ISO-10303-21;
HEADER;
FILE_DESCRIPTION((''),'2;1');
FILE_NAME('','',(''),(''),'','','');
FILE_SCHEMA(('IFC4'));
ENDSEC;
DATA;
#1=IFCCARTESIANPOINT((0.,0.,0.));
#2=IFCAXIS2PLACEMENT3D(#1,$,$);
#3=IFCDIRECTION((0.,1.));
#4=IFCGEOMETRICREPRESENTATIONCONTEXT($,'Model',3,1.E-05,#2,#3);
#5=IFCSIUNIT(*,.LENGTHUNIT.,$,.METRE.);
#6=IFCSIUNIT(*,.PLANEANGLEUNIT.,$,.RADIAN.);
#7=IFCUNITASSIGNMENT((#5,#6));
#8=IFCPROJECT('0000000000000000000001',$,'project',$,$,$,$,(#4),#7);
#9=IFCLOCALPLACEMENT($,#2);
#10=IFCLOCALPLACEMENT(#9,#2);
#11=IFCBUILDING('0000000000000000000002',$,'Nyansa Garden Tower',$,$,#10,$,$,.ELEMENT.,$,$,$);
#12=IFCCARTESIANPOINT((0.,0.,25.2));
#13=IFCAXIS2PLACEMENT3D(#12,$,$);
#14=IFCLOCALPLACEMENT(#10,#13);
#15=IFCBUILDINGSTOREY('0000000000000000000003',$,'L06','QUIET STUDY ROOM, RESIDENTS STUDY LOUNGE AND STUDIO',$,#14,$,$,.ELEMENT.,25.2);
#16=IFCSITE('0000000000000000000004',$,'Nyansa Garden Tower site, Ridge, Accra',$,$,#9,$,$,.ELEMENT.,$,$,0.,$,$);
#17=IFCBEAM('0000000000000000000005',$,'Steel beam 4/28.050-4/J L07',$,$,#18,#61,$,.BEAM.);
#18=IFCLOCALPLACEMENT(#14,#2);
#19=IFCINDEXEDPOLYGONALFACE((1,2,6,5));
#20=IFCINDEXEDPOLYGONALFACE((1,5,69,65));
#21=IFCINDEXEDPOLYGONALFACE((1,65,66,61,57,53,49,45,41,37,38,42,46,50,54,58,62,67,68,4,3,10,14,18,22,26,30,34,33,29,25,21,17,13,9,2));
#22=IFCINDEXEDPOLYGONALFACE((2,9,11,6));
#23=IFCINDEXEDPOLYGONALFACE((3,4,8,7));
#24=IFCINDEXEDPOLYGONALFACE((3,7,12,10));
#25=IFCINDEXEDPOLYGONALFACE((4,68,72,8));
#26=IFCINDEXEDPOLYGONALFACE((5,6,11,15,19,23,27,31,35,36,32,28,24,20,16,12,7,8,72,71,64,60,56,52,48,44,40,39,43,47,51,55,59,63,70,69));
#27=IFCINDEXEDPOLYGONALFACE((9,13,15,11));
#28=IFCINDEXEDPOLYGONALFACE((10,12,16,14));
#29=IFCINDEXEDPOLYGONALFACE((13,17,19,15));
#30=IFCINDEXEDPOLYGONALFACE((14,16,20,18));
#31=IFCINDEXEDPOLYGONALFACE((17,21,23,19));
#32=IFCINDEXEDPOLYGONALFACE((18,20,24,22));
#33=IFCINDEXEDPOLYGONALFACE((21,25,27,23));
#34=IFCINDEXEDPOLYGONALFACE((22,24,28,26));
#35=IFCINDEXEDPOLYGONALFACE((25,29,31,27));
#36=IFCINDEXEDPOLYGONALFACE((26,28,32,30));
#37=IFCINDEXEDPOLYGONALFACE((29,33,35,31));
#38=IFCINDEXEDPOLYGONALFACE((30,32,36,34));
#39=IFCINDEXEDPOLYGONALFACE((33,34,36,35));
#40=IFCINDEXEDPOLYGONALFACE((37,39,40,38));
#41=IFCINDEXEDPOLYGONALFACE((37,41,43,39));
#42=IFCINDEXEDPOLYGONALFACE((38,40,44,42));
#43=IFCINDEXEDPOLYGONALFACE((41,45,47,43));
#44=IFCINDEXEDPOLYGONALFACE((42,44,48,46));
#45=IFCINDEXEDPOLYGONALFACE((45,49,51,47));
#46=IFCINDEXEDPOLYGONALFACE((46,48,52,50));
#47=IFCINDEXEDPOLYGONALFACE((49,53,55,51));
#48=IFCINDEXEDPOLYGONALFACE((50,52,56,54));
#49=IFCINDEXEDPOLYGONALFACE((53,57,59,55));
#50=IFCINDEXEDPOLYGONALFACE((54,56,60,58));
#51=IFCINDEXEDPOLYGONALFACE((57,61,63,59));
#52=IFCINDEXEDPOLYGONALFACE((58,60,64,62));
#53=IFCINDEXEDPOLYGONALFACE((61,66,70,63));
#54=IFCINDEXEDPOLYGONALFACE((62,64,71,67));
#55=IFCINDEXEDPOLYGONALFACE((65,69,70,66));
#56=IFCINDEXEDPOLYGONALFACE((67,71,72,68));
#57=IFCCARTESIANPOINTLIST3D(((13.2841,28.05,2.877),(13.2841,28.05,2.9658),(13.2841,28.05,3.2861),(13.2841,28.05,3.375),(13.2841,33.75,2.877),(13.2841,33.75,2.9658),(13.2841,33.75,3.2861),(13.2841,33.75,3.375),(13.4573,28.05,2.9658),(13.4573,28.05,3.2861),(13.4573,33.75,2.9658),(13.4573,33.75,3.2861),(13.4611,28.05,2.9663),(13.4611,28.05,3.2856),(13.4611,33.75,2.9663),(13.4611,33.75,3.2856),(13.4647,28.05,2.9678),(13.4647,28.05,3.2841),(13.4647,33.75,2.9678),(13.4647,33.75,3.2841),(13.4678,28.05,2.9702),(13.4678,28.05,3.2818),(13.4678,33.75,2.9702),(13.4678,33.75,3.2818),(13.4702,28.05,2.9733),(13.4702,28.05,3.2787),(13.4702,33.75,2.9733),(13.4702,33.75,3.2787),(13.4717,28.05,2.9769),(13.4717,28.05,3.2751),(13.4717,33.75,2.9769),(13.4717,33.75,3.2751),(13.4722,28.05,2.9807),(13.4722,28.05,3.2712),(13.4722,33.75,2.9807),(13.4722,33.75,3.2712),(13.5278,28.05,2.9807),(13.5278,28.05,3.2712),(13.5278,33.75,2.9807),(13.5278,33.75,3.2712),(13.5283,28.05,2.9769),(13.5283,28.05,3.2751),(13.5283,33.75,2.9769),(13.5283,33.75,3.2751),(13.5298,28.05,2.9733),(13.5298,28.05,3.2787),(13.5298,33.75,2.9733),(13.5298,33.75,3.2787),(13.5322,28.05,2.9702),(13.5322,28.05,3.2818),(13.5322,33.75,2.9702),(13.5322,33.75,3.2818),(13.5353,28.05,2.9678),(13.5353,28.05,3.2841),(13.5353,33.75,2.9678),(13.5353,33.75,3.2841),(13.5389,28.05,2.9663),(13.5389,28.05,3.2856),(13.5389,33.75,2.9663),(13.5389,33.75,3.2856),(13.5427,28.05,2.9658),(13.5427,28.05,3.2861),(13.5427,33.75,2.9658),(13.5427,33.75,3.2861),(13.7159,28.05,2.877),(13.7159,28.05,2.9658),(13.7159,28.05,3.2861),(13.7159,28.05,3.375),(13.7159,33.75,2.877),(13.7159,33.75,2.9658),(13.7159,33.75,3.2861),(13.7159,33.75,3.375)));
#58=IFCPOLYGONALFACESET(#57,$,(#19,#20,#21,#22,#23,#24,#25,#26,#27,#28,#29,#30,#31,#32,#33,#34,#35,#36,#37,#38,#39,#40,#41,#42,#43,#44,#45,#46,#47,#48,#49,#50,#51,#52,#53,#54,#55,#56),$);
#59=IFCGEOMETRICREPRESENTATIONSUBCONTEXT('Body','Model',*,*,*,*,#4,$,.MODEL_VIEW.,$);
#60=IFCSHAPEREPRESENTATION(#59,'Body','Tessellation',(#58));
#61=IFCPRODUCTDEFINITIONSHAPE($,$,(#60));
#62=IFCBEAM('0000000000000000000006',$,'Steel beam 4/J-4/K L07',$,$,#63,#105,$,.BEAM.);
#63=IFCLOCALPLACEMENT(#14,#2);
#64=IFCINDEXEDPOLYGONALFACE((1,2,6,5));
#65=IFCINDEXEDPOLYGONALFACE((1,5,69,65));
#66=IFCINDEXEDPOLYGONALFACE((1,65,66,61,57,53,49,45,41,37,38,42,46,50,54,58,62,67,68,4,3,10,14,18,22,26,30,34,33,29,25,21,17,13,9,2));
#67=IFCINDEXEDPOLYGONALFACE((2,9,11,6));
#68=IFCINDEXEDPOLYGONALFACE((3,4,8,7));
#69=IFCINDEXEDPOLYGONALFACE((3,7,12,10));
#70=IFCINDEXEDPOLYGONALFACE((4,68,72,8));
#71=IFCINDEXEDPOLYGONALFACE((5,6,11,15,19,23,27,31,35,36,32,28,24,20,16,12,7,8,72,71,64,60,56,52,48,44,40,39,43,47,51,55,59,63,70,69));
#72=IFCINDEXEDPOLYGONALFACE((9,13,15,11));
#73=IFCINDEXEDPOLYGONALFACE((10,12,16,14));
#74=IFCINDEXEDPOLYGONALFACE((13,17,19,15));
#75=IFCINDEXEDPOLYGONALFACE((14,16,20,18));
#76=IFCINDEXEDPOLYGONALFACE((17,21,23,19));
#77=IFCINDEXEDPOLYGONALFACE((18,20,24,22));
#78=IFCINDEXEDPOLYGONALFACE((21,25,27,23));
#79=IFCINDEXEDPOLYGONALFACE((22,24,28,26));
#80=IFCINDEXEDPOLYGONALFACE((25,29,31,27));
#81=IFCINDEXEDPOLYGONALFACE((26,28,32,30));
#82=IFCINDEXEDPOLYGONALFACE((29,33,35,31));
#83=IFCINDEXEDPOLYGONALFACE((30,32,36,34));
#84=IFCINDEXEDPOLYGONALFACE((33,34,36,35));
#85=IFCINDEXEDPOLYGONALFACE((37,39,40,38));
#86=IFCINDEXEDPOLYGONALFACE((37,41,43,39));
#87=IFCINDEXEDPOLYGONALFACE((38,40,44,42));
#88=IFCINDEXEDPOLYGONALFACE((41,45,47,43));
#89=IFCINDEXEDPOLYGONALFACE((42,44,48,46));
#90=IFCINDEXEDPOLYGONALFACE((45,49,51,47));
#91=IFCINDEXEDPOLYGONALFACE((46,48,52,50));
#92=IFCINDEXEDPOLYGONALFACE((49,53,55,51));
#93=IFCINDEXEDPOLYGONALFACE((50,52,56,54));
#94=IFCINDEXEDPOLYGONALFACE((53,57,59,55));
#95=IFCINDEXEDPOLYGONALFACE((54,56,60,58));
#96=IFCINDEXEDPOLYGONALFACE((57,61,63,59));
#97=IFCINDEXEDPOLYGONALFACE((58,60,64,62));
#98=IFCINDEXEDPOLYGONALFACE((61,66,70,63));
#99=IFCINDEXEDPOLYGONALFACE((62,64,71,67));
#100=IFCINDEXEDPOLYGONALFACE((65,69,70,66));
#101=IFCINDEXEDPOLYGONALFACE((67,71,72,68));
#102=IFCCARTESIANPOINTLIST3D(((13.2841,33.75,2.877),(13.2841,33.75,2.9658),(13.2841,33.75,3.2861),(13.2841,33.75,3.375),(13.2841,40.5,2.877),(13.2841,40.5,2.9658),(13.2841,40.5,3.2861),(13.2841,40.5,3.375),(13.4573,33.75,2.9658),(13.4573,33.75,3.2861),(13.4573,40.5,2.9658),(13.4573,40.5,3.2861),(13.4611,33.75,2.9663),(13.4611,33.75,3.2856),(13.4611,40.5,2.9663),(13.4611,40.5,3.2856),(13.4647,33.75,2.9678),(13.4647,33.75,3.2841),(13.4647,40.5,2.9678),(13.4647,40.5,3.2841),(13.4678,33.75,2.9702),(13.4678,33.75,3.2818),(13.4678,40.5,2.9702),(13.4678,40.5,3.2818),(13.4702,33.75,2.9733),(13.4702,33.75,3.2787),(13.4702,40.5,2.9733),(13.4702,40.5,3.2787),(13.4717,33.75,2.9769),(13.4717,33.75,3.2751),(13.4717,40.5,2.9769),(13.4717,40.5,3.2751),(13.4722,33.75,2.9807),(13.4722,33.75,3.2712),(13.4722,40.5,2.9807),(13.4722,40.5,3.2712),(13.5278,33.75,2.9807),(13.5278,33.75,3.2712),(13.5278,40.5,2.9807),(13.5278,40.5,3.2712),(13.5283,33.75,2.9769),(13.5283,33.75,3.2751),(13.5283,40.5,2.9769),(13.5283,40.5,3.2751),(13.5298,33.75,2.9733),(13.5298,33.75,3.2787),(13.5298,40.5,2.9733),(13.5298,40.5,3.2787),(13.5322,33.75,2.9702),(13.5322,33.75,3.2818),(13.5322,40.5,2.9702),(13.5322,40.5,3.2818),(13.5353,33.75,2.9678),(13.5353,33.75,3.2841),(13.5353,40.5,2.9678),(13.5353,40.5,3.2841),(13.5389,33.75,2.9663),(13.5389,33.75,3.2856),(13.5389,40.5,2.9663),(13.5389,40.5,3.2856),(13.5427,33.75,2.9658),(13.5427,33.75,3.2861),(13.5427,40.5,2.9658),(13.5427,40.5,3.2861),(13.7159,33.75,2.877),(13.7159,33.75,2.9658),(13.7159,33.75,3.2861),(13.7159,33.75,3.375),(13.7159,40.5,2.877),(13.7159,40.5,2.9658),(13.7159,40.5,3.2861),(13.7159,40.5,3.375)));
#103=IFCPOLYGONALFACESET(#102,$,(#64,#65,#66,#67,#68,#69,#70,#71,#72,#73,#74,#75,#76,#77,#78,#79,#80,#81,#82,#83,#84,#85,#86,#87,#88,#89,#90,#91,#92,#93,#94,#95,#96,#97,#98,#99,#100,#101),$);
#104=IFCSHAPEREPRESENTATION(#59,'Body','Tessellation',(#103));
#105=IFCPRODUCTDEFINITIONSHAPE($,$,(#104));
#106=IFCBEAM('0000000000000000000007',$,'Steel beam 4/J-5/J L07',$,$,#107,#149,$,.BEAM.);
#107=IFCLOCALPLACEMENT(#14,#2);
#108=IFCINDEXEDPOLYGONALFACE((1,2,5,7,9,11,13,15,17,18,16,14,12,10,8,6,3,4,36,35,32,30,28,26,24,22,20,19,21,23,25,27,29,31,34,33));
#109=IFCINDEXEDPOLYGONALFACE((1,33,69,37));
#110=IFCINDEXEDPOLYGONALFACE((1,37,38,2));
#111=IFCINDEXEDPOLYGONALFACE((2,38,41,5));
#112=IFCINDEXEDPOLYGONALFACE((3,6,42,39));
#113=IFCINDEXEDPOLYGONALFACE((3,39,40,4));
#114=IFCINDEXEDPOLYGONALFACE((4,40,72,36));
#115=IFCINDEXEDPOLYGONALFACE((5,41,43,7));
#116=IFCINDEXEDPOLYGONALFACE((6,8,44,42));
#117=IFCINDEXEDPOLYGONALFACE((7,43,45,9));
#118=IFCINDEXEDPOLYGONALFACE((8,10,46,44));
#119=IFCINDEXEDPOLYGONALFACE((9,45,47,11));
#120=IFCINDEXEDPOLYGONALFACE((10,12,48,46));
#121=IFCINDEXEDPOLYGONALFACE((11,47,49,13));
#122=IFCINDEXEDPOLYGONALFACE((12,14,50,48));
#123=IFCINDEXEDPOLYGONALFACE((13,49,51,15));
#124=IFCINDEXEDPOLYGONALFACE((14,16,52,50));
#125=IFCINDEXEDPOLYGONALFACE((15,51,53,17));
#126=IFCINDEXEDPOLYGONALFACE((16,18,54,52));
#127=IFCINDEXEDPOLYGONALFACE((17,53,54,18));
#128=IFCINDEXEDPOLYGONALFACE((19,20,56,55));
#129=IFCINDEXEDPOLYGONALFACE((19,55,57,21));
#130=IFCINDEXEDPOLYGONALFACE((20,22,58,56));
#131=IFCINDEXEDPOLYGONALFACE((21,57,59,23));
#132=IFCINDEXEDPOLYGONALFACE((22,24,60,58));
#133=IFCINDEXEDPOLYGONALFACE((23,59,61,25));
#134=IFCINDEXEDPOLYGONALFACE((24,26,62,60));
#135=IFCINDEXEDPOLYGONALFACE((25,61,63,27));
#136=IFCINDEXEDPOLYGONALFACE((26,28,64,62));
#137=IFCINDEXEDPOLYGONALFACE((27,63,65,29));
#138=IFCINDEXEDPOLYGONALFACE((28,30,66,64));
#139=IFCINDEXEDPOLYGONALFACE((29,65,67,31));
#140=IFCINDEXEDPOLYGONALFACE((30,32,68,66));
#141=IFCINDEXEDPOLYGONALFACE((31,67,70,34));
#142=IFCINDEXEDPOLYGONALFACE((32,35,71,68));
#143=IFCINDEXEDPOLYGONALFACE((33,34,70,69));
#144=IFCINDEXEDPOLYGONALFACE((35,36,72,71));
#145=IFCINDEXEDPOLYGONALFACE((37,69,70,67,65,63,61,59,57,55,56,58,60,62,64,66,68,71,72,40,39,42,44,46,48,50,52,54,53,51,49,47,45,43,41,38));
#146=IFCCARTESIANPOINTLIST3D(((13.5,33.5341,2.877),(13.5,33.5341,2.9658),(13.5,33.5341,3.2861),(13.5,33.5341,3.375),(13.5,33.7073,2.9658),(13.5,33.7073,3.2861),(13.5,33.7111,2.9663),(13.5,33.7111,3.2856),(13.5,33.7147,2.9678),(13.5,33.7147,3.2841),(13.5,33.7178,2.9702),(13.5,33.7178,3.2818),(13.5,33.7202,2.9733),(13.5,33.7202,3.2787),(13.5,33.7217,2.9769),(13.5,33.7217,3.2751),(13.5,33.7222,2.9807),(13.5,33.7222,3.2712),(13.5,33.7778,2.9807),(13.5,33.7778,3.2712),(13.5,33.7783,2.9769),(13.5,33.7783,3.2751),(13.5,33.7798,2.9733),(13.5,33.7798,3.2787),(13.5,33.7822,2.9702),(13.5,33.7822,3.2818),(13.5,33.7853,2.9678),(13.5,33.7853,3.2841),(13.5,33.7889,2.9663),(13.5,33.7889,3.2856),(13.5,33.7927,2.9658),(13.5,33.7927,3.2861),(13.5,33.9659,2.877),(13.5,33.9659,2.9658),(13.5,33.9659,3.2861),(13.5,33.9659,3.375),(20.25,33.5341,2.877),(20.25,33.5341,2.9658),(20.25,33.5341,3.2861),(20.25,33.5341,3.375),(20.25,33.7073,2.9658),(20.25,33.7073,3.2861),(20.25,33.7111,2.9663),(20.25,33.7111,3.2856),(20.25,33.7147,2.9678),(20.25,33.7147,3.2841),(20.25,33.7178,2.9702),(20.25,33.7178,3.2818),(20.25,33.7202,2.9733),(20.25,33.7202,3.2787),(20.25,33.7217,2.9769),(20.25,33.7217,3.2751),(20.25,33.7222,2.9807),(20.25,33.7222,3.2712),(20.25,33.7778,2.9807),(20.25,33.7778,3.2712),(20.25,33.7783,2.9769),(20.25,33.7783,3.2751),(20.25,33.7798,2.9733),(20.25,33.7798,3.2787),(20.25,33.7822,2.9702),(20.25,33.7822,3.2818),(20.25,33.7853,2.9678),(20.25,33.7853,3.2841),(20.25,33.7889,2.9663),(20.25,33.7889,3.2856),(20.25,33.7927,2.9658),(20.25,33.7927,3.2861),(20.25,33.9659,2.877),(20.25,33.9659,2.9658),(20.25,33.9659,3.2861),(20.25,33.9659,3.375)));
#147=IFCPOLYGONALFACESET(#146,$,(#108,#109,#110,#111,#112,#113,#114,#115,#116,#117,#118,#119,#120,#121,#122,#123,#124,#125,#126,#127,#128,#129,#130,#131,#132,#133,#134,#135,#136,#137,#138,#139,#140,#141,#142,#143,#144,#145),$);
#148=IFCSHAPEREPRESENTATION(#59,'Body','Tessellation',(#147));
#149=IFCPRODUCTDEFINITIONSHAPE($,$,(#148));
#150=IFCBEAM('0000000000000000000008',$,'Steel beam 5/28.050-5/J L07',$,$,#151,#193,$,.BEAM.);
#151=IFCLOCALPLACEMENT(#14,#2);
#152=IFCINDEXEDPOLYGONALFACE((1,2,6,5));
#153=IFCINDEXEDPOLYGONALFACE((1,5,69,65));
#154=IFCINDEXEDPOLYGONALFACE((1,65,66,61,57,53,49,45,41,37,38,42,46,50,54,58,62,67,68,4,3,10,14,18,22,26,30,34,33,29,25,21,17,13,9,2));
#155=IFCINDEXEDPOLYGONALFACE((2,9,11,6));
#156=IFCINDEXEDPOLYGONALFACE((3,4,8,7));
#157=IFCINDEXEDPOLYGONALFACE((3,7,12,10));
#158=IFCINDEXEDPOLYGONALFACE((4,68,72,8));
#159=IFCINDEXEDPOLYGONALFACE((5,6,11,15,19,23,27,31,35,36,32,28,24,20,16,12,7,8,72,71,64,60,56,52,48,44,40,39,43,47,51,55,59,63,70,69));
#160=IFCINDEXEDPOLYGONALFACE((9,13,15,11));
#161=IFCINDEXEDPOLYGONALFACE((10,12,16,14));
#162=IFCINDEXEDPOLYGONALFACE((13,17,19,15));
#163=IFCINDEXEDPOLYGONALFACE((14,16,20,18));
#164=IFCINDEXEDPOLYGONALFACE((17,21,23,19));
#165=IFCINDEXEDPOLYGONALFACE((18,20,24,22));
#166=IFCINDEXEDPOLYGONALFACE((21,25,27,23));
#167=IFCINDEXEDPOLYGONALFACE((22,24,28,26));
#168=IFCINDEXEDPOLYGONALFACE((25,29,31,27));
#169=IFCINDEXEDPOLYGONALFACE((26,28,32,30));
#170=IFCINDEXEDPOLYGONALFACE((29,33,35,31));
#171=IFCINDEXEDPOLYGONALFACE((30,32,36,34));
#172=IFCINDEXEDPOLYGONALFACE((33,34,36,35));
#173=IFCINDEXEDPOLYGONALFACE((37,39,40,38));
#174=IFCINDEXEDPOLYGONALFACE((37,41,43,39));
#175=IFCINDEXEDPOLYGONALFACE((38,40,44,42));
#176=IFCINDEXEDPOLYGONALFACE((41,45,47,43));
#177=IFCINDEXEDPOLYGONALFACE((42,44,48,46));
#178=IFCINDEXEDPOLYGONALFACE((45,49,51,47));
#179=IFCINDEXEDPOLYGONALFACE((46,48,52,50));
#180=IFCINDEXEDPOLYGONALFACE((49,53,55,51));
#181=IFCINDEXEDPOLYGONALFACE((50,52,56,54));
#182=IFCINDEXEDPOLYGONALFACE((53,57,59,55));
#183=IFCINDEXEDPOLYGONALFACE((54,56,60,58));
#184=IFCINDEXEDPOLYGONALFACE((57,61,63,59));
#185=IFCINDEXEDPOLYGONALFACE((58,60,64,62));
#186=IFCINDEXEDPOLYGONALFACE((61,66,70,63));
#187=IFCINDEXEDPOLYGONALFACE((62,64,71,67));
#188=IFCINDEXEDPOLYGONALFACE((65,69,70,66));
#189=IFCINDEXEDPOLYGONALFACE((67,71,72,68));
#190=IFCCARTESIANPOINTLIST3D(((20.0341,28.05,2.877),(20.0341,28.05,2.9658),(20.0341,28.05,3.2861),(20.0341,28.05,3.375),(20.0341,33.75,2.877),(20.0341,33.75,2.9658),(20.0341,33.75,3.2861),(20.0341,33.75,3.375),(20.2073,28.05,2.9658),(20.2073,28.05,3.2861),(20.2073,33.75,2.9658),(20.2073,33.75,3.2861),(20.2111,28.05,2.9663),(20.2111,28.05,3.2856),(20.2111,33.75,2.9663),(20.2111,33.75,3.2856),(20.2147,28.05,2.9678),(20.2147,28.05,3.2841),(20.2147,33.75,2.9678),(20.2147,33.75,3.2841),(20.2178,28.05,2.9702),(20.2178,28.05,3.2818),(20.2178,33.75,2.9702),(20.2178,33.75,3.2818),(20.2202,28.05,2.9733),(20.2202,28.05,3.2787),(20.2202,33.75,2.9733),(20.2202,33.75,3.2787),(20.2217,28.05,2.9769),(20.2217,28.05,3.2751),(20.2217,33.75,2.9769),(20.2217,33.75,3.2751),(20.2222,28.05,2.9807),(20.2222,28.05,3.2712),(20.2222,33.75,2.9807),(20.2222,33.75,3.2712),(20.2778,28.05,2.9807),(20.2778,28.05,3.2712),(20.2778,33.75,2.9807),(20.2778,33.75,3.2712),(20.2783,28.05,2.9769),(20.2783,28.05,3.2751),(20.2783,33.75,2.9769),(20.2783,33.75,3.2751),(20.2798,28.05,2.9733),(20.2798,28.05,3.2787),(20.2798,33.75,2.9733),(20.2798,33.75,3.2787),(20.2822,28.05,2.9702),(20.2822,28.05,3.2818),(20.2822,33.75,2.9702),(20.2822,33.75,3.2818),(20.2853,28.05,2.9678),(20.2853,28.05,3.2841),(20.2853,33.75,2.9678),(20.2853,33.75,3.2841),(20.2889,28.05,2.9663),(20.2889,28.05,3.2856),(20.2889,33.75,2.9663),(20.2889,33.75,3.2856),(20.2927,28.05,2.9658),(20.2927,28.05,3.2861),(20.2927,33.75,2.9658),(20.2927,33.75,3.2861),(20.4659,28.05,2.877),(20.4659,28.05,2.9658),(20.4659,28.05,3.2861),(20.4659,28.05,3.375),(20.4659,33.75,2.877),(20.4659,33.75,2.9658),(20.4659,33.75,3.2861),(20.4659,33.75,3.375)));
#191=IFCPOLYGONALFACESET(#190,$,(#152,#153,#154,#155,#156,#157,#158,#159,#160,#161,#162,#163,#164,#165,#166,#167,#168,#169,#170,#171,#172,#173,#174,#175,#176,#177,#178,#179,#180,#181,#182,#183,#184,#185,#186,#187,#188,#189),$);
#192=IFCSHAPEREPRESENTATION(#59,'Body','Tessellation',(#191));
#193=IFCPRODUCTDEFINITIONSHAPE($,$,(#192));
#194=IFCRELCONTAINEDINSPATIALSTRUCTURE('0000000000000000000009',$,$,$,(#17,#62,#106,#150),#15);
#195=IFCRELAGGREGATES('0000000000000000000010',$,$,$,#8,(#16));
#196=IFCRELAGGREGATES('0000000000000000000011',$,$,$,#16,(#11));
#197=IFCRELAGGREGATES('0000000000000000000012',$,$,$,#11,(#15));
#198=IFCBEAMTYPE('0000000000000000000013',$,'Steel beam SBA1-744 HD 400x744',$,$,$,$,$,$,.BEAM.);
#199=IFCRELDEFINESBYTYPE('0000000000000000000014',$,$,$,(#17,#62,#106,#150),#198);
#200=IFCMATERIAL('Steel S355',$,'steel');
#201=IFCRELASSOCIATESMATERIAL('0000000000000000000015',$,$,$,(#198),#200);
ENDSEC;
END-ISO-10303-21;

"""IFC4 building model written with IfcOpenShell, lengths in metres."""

from ifc_helpers import new_model, si_unit, direction, frame, origin, origin_2d, place, context, subcontext, project, spatial, i_section, extrude, material, material_profile, profile_set, type_object, element, save


model = new_model("IFC4")

# Units and contexts
model_context = context("Model", 3, precision=1e-05, world=origin(), true_north=direction((0.0, 1.0)))
body_context = subcontext(model_context, "Body", "Model", "MODEL_VIEW")
ifc_project = project(units=[si_unit("LENGTHUNIT", "METRE"), si_unit("PLANEANGLEUNIT", "RADIAN")], contexts=[model_context])

# Site, building, storey
site_placement = place(None, origin())
site = spatial("IfcSite", under=ifc_project, at=site_placement, Name="Nyansa Garden Tower site, Ridge, Accra", CompositionType="ELEMENT", RefElevation=0.0)
building_placement = place(site_placement, origin())
building = spatial("IfcBuilding", under=site, at=building_placement, Name="Nyansa Garden Tower", CompositionType="ELEMENT")
storey_placement = place(building_placement, frame((0.0, 0.0, 25.2)))
storey = spatial("IfcBuildingStorey", under=building, at=storey_placement, Name="L06", Description="QUIET STUDY ROOM, RESIDENTS STUDY LOUNGE AND STUDIO", CompositionType="ELEMENT", Elevation=25.2)

# Beams
ifc_material_1 = material(Name="Steel S355", Category="steel")
ifc_material_profile_1 = material_profile(ifc_material_1, i_section(OverallWidth=0.4319, OverallDepth=0.498, WebThickness=0.0557, FlangeThickness=0.0889, FilletRadius=0.0149, at=origin_2d()), Name="HD 400x744")
ifc_profile_set_1 = profile_set([ifc_material_profile_1], Name="Steel S355")
beam_type_1 = type_object("IfcBeamType", Name="Steel beam SBA1-744 HD 400x744", PredefinedType="BEAM", material=ifc_profile_set_1)
beam_1_placement = place(storey_placement, frame((13.5, 28.05, 3.126), z_axis=(0.0, 1.0, 0.0), x_axis=(-1.0, 0.0, 0.0)))
element("IfcBeam", 1, at=beam_1_placement, inside=storey, type_object=beam_type_1, Name="Steel beam 4/28.050-4/J L07", PredefinedType="BEAM", context=body_context, shape_type="SweptSolid", body=[
    extrude(i_section(OverallWidth=0.4319, OverallDepth=0.498, WebThickness=0.0557, FlangeThickness=0.0889, FilletRadius=0.0149, at=origin_2d()), origin(), (0.0, 0.0, 1.0), 5.7),
])
for number, where, z_axis, x_axis, name in (
    (2, (13.5, 33.75, 3.126), (0.0, 1.0, 0.0), (-1.0, 0.0, 0.0), "Steel beam 4/J-4/K L07"),
    (3, (13.5, 33.75, 3.126), (1.0, 0.0, 0.0), (0.0, 1.0, 0.0), "Steel beam 4/J-5/J L07"),
):
    element("IfcBeam", number, at=place(storey_placement, frame(where, z_axis=z_axis, x_axis=x_axis)), inside=storey, type_object=beam_type_1, Name=name, PredefinedType="BEAM", context=body_context, shape_type="SweptSolid", body=[
        extrude(i_section(OverallWidth=0.4319, OverallDepth=0.498, WebThickness=0.0557, FlangeThickness=0.0889, FilletRadius=0.0149, at=origin_2d()), origin(), (0.0, 0.0, 1.0), 6.75),
    ])
beam_2_placement = place(storey_placement, frame((20.25, 28.05, 3.126), z_axis=(0.0, 1.0, 0.0), x_axis=(-1.0, 0.0, 0.0)))
element("IfcBeam", 4, at=beam_2_placement, inside=storey, type_object=beam_type_1, Name="Steel beam 5/28.050-5/J L07", PredefinedType="BEAM", context=body_context, shape_type="SweptSolid", body=[
    extrude(i_section(OverallWidth=0.4319, OverallDepth=0.498, WebThickness=0.0557, FlangeThickness=0.0889, FilletRadius=0.0149, at=origin_2d()), origin(), (0.0, 0.0, 1.0), 5.7),
])

save(model, "model.ifc")
